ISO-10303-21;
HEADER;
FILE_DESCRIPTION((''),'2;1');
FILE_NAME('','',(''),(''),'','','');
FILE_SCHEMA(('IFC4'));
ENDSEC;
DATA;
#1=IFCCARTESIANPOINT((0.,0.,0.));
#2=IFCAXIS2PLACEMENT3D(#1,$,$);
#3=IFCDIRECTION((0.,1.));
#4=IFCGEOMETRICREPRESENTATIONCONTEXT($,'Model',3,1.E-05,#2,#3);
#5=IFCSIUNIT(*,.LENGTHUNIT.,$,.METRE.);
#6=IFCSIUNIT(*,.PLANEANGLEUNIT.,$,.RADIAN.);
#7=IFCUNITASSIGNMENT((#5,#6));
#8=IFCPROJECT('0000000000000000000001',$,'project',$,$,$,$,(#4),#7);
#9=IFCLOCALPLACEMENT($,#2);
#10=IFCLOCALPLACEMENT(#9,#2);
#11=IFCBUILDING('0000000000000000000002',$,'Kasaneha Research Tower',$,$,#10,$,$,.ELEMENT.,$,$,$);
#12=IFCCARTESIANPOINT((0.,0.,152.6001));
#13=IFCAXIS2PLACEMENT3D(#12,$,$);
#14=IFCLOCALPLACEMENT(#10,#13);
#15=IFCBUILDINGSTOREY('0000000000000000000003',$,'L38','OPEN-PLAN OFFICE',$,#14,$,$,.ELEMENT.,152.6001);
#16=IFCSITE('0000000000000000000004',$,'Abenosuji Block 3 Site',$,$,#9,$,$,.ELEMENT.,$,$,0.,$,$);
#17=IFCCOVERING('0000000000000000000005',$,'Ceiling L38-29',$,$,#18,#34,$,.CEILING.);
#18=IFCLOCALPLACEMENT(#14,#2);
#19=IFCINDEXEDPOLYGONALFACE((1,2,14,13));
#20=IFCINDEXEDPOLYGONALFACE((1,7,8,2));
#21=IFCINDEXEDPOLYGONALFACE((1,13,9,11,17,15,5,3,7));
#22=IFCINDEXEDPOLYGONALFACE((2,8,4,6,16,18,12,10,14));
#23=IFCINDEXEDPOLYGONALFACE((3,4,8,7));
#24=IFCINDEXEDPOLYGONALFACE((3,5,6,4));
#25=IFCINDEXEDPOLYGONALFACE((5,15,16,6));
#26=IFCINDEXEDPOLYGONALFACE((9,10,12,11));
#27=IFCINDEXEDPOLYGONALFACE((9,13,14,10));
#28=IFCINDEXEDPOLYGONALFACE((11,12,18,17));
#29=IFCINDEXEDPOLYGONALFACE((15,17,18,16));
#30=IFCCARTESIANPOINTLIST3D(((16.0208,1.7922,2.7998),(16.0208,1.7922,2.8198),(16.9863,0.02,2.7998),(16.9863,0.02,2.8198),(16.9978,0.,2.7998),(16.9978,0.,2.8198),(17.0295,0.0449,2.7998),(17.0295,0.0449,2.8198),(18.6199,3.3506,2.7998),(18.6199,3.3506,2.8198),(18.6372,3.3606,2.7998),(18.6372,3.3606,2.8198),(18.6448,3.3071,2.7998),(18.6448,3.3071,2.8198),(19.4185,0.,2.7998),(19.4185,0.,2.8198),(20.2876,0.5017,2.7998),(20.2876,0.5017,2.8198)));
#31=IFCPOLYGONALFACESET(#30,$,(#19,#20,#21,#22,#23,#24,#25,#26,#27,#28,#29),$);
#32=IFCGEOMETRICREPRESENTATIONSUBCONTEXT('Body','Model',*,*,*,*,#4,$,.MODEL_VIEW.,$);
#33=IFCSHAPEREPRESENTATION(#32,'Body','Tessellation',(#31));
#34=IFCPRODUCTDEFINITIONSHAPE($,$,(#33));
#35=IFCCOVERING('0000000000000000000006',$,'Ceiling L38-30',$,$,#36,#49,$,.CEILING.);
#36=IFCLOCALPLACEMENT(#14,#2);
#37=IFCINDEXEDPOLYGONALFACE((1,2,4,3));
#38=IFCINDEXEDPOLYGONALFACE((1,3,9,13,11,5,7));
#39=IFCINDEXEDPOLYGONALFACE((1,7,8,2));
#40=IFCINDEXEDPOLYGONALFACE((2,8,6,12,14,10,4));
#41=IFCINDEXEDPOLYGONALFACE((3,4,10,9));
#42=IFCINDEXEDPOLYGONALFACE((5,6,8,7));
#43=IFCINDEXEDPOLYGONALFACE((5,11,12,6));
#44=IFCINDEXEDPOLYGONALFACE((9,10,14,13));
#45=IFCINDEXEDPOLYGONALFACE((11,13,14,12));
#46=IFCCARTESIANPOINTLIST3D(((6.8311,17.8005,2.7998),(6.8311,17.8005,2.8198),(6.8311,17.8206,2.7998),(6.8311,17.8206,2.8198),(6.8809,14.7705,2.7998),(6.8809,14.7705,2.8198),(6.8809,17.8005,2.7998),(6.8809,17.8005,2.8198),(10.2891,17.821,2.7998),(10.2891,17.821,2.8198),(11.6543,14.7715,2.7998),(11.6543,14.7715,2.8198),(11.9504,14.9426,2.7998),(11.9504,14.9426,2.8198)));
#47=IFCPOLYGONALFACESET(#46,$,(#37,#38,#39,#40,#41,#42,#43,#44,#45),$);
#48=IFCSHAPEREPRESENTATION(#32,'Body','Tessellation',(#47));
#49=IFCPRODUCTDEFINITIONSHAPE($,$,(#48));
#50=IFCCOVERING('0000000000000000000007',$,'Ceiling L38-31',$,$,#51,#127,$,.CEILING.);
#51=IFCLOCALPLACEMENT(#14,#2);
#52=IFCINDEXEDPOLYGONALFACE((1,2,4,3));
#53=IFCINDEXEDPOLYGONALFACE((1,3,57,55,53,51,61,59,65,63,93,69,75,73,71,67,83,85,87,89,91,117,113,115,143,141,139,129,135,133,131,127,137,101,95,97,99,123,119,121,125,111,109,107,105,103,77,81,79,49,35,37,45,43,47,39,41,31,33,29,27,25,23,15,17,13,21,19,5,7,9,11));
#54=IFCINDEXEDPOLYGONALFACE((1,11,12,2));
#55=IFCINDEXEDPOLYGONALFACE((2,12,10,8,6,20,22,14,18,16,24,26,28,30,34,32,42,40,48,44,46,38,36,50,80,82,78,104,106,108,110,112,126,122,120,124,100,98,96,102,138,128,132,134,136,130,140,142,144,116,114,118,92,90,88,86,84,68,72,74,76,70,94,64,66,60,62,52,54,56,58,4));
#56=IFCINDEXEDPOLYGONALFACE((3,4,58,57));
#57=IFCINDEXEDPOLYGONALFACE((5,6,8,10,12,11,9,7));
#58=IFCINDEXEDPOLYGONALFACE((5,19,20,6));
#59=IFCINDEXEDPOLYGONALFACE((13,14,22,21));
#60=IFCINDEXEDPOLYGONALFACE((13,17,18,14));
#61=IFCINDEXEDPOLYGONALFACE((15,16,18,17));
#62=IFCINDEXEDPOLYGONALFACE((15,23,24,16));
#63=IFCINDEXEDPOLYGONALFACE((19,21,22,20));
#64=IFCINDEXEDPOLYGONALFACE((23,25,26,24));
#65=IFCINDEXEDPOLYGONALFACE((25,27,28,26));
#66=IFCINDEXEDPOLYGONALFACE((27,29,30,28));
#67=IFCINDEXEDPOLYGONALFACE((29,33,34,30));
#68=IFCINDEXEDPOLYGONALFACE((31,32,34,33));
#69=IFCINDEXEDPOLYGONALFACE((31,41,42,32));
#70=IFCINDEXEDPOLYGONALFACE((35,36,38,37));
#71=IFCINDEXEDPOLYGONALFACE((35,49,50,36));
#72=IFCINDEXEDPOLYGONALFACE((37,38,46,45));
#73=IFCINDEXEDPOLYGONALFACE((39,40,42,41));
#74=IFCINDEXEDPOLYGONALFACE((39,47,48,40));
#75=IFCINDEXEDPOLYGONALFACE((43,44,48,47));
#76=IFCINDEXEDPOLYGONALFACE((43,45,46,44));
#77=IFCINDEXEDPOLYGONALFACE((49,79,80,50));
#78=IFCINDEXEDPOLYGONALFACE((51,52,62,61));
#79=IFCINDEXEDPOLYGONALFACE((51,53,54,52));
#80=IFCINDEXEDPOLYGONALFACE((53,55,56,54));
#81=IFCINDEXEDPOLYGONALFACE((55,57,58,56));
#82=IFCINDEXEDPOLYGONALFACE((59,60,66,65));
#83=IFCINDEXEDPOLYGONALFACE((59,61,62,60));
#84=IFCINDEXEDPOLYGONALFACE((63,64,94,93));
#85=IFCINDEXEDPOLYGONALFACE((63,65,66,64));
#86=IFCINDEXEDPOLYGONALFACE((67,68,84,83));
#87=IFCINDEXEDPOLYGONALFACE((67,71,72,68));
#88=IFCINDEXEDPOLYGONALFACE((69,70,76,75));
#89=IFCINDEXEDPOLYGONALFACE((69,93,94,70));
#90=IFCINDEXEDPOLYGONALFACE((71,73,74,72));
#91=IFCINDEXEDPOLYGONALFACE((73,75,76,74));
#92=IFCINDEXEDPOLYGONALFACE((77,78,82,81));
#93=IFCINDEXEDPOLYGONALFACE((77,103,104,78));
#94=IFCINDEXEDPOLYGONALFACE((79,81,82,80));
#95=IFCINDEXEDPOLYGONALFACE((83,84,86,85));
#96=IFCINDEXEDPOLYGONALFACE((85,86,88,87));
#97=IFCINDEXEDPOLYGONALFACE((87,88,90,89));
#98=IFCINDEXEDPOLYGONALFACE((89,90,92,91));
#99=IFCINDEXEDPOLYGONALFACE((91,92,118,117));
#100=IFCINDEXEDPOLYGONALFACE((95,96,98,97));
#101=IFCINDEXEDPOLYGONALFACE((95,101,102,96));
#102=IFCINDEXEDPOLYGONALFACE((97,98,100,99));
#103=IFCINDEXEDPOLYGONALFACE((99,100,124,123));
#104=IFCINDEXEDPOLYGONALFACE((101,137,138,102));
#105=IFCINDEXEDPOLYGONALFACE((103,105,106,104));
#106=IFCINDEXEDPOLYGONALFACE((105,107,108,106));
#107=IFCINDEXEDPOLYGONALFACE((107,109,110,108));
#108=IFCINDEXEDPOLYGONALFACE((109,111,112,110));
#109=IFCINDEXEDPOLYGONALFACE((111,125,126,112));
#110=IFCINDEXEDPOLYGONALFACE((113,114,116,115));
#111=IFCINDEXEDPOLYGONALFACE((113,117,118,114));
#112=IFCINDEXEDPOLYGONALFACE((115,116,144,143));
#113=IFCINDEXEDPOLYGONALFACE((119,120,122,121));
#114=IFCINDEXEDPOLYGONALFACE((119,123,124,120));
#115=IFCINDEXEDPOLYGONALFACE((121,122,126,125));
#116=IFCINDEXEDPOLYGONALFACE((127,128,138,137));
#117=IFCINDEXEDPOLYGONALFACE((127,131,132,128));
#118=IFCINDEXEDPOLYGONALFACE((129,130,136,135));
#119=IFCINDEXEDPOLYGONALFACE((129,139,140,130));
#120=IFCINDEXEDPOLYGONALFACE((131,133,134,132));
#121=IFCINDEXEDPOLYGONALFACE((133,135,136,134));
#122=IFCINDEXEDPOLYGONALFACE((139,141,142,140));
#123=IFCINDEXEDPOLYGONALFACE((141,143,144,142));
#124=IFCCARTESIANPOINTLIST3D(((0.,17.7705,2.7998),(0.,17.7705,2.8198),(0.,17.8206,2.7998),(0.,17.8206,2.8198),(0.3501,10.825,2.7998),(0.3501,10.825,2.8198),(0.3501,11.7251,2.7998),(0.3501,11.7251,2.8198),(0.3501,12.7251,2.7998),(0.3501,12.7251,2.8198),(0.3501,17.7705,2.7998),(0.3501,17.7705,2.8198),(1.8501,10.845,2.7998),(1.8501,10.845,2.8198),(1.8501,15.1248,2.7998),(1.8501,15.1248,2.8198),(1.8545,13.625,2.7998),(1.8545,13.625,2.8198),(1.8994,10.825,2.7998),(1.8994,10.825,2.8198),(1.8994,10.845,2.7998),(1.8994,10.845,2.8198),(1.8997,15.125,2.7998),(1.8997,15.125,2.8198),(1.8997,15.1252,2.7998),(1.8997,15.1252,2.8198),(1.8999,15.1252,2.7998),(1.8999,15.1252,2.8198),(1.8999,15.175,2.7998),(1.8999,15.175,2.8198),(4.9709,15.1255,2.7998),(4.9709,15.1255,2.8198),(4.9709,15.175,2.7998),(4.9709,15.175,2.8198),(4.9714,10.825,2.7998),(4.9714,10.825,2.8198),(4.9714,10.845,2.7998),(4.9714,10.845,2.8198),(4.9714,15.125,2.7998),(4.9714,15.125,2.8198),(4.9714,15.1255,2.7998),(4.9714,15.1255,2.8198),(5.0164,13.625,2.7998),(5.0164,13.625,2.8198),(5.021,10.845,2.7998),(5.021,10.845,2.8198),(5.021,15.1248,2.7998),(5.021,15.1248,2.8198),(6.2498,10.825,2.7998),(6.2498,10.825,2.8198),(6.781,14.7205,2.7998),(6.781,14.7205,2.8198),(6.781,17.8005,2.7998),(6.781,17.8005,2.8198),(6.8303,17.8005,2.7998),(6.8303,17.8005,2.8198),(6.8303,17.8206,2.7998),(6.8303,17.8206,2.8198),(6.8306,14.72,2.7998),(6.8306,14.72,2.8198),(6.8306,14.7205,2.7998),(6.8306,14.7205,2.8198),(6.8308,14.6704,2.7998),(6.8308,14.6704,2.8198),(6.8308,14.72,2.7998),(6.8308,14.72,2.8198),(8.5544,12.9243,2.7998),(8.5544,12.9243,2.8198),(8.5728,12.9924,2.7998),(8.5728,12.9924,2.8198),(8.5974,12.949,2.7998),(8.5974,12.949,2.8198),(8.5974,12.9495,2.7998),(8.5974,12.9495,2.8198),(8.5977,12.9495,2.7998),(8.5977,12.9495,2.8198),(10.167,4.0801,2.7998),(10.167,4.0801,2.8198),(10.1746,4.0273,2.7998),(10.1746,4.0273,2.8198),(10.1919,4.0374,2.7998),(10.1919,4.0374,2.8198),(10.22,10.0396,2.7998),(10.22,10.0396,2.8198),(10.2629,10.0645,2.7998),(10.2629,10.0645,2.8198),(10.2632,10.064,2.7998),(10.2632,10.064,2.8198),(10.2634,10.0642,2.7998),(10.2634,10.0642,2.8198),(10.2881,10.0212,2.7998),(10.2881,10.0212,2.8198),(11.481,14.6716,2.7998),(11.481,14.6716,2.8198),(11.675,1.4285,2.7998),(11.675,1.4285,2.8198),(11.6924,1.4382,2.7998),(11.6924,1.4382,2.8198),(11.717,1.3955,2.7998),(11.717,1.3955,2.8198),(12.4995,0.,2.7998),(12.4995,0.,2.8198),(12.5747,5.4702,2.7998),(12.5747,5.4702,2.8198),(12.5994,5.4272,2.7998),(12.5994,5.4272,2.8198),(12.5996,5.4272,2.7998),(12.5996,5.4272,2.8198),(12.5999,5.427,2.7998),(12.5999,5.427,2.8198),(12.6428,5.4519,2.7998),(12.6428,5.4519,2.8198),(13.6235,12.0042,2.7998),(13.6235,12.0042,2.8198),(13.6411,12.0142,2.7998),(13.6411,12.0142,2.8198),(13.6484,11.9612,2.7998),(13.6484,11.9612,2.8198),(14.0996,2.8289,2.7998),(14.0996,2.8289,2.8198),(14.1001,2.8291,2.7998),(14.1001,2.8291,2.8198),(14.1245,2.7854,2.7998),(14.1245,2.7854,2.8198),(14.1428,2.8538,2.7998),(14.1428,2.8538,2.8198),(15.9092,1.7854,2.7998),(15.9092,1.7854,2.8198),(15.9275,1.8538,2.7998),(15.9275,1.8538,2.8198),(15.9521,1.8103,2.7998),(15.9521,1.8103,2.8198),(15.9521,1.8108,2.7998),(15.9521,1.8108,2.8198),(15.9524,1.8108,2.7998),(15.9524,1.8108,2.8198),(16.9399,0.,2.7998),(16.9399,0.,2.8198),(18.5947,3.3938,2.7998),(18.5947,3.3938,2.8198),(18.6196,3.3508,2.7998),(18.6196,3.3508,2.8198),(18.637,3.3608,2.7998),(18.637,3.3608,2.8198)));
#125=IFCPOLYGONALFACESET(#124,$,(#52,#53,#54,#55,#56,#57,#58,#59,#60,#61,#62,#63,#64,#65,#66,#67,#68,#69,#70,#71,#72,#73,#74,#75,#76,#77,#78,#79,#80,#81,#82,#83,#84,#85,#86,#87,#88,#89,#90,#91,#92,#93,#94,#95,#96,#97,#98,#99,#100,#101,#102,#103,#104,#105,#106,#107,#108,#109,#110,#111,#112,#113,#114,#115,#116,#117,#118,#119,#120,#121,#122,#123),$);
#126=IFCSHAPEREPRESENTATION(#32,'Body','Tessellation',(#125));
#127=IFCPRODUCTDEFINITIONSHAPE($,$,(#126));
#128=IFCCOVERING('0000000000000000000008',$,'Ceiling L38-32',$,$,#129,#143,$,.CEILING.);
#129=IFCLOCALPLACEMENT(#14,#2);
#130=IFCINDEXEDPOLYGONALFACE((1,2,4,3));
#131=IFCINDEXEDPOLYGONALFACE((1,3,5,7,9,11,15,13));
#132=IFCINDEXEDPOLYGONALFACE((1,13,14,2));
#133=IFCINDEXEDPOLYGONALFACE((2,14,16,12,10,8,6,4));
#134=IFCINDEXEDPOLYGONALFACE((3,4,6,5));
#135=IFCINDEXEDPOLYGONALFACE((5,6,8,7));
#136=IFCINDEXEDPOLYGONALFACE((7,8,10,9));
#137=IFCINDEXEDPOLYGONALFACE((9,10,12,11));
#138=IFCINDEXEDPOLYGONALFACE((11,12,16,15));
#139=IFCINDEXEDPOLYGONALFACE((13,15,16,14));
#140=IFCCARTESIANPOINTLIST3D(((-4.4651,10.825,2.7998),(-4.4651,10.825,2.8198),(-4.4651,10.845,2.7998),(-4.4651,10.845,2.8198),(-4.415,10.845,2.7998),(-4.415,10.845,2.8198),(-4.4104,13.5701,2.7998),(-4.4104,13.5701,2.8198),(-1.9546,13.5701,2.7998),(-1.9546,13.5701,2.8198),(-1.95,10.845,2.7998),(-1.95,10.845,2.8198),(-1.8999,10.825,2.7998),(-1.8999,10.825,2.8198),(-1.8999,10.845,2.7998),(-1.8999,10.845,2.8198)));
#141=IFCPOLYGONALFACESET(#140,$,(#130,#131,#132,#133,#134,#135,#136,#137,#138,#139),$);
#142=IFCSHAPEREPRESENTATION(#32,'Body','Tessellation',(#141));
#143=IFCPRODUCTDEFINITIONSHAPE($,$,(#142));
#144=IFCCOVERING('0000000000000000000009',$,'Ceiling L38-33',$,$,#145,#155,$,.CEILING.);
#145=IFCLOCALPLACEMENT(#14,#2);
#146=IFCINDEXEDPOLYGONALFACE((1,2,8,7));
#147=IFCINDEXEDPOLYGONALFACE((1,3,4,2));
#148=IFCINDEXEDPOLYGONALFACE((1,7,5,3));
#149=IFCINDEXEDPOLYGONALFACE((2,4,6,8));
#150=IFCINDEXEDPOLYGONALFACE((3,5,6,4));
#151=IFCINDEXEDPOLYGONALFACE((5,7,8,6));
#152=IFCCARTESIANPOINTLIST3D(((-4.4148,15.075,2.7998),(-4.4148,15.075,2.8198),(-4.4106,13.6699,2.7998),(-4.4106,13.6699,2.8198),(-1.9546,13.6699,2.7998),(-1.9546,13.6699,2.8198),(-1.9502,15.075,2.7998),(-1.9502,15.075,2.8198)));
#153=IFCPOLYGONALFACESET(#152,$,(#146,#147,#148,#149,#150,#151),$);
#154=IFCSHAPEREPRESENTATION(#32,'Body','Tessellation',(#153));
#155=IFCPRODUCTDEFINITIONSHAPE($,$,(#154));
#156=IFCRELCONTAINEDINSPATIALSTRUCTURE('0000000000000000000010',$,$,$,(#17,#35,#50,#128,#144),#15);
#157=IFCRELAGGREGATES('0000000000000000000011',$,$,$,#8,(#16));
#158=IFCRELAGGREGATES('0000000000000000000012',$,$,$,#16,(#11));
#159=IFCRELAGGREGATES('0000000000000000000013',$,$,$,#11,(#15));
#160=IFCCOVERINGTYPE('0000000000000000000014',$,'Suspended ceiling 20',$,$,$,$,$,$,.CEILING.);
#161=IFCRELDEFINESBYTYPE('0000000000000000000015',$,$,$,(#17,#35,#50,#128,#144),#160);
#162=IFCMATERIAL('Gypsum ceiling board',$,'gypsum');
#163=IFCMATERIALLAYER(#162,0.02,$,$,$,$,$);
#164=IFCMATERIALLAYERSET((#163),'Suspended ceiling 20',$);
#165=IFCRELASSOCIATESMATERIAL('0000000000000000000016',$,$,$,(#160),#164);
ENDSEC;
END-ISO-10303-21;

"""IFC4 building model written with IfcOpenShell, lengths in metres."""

from ifc_helpers import new_model, si_unit, direction, frame, origin, place, context, subcontext, project, spatial, polyline, outline, extrude, material, layer, layer_set, type_object, element, save


model = new_model("IFC4")

# Units and contexts
model_context = context("Model", 3, precision=1e-05, world=origin(), true_north=direction((0.0, 1.0)))
body_context = subcontext(model_context, "Body", "Model", "MODEL_VIEW")
ifc_project = project(units=[si_unit("LENGTHUNIT", "METRE"), si_unit("PLANEANGLEUNIT", "RADIAN")], contexts=[model_context])

# Site, building, storey
site_placement = place(None, origin())
site = spatial("IfcSite", under=ifc_project, at=site_placement, Name="Abenosuji Block 3 Site", CompositionType="ELEMENT", RefElevation=0.0)
building_placement = place(site_placement, origin())
building = spatial("IfcBuilding", under=site, at=building_placement, Name="Kasaneha Research Tower", CompositionType="ELEMENT")
storey_placement = place(building_placement, frame((0.0, 0.0, 152.6001)))
storey = spatial("IfcBuildingStorey", under=building, at=storey_placement, Name="L38", Description="OPEN-PLAN OFFICE", CompositionType="ELEMENT", Elevation=152.6001)

# Coverings
ifc_material_1 = material(Name="Gypsum ceiling board", Category="gypsum")
ifc_layer_1 = layer(ifc_material_1, 0.02)
ifc_layer_set_1 = layer_set([ifc_layer_1], Name="Suspended ceiling 20")
covering_type_1 = type_object("IfcCoveringType", Name="Suspended ceiling 20", PredefinedType="CEILING", material=ifc_layer_set_1)
covering_1_placement = place(storey_placement, frame((0.0, 0.0, 2.7998)))
element("IfcCovering", 1, at=covering_1_placement, inside=storey, type_object=covering_type_1, Name="Ceiling L38-29", PredefinedType="CEILING", context=body_context, shape_type="SweptSolid", body=[
    extrude(outline(polyline([(19.4185, 0.0), (16.9978, 0.0), (16.9863, 0.02), (17.0295, 0.0449), (16.0208, 1.7922), (18.6448, 3.3071), (18.6199, 3.3506), (18.6372, 3.3606), (20.2876, 0.5017), (19.4185, 0.0)])), origin(), (0.0, 0.0, 1.0), 0.02),
])
covering_2_placement = place(storey_placement, frame((0.0, 0.0, 2.7998)))
element("IfcCovering", 2, at=covering_2_placement, inside=storey, type_object=covering_type_1, Name="Ceiling L38-30", PredefinedType="CEILING", context=body_context, shape_type="SweptSolid", body=[
    extrude(outline(polyline([(11.9504, 14.9426), (11.6543, 14.7715), (6.8809, 14.7705), (6.8809, 17.8005), (6.8311, 17.8005), (6.8311, 17.8206), (10.2891, 17.821), (11.9504, 14.9426)])), origin(), (0.0, 0.0, 1.0), 0.02),
])
covering_3_placement = place(storey_placement, frame((0.0, 0.0, 2.7998)))
element("IfcCovering", 3, at=covering_3_placement, inside=storey, type_object=covering_type_1, Name="Ceiling L38-31", PredefinedType="CEILING", context=body_context, shape_type="SweptSolid", body=[
    extrude(outline(polyline([(14.1001, 2.8291), (14.1428, 2.8538), (12.6428, 5.4519), (12.5999, 5.427), (12.5996, 5.4272), (12.5994, 5.4272), (12.5747, 5.4702), (10.167, 4.0801), (10.1919, 4.0374), (10.1746, 4.0273), (6.2498, 10.825), (4.9714, 10.825), (4.9714, 10.845), (5.021, 10.845), (5.0164, 13.625), (5.021, 15.1248), (4.9714, 15.125), (4.9714, 15.1255), (4.9709, 15.1255), (4.9709, 15.175), (1.8999, 15.175), (1.8999, 15.1252), (1.8997, 15.1252), (1.8997, 15.125), (1.8501, 15.1248), (1.8545, 13.625), (1.8501, 10.845), (1.8994, 10.845), (1.8994, 10.825), (0.3501, 10.825), (0.3501, 11.7251), (0.3501, 12.7251), (0.3501, 17.7705), (0.3501, 17.7705), (0.0, 17.7705), (0.0, 17.8206), (6.8303, 17.8206), (6.8303, 17.8005), (6.781, 17.8005), (6.781, 14.7205), (6.8306, 14.7205), (6.8306, 14.72), (6.8308, 14.72), (6.8308, 14.6704), (11.481, 14.6716), (8.5728, 12.9924), (8.5977, 12.9495), (8.5974, 12.9495), (8.5974, 12.949), (8.5544, 12.9243), (10.22, 10.0396), (10.2629, 10.0645), (10.2632, 10.064), (10.2634, 10.0642), (10.2881, 10.0212), (13.6484, 11.9612), (13.6235, 12.0042), (13.6411, 12.0142), (18.637, 3.3608), (18.6196, 3.3508), (18.5947, 3.3938), (15.9275, 1.8538), (15.9524, 1.8108), (15.9521, 1.8108), (15.9521, 1.8103), (15.9092, 1.7854), (16.9399, 0.0), (12.4995, 0.0), (11.675, 1.4285), (11.6924, 1.4382), (11.717, 1.3955), (14.1245, 2.7854), (14.0996, 2.8289), (14.1001, 2.8291), (14.1001, 2.8291)])), origin(), (0.0, 0.0, 1.0), 0.02),
])
covering_4_placement = place(storey_placement, frame((0.0, 0.0, 2.7998)))
element("IfcCovering", 4, at=covering_4_placement, inside=storey, type_object=covering_type_1, Name="Ceiling L38-32", PredefinedType="CEILING", context=body_context, shape_type="SweptSolid", body=[
    extrude(outline(polyline([(-4.4651, 10.825), (-4.4651, 10.845), (-4.415, 10.845), (-4.4104, 13.5701), (-1.9546, 13.5701), (-1.95, 10.845), (-1.8999, 10.845), (-1.8999, 10.825), (-4.4651, 10.825)])), origin(), (0.0, 0.0, 1.0), 0.02),
])
covering_5_placement = place(storey_placement, frame((0.0, 0.0, 2.7998)))
element("IfcCovering", 5, at=covering_5_placement, inside=storey, type_object=covering_type_1, Name="Ceiling L38-33", PredefinedType="CEILING", context=body_context, shape_type="SweptSolid", body=[
    extrude(outline(polyline([(-1.9502, 15.075), (-1.9546, 13.6699), (-4.4106, 13.6699), (-4.4148, 15.075), (-1.9502, 15.075)])), origin(), (0.0, 0.0, 1.0), 0.02),
])

save(model, "model.ifc")
